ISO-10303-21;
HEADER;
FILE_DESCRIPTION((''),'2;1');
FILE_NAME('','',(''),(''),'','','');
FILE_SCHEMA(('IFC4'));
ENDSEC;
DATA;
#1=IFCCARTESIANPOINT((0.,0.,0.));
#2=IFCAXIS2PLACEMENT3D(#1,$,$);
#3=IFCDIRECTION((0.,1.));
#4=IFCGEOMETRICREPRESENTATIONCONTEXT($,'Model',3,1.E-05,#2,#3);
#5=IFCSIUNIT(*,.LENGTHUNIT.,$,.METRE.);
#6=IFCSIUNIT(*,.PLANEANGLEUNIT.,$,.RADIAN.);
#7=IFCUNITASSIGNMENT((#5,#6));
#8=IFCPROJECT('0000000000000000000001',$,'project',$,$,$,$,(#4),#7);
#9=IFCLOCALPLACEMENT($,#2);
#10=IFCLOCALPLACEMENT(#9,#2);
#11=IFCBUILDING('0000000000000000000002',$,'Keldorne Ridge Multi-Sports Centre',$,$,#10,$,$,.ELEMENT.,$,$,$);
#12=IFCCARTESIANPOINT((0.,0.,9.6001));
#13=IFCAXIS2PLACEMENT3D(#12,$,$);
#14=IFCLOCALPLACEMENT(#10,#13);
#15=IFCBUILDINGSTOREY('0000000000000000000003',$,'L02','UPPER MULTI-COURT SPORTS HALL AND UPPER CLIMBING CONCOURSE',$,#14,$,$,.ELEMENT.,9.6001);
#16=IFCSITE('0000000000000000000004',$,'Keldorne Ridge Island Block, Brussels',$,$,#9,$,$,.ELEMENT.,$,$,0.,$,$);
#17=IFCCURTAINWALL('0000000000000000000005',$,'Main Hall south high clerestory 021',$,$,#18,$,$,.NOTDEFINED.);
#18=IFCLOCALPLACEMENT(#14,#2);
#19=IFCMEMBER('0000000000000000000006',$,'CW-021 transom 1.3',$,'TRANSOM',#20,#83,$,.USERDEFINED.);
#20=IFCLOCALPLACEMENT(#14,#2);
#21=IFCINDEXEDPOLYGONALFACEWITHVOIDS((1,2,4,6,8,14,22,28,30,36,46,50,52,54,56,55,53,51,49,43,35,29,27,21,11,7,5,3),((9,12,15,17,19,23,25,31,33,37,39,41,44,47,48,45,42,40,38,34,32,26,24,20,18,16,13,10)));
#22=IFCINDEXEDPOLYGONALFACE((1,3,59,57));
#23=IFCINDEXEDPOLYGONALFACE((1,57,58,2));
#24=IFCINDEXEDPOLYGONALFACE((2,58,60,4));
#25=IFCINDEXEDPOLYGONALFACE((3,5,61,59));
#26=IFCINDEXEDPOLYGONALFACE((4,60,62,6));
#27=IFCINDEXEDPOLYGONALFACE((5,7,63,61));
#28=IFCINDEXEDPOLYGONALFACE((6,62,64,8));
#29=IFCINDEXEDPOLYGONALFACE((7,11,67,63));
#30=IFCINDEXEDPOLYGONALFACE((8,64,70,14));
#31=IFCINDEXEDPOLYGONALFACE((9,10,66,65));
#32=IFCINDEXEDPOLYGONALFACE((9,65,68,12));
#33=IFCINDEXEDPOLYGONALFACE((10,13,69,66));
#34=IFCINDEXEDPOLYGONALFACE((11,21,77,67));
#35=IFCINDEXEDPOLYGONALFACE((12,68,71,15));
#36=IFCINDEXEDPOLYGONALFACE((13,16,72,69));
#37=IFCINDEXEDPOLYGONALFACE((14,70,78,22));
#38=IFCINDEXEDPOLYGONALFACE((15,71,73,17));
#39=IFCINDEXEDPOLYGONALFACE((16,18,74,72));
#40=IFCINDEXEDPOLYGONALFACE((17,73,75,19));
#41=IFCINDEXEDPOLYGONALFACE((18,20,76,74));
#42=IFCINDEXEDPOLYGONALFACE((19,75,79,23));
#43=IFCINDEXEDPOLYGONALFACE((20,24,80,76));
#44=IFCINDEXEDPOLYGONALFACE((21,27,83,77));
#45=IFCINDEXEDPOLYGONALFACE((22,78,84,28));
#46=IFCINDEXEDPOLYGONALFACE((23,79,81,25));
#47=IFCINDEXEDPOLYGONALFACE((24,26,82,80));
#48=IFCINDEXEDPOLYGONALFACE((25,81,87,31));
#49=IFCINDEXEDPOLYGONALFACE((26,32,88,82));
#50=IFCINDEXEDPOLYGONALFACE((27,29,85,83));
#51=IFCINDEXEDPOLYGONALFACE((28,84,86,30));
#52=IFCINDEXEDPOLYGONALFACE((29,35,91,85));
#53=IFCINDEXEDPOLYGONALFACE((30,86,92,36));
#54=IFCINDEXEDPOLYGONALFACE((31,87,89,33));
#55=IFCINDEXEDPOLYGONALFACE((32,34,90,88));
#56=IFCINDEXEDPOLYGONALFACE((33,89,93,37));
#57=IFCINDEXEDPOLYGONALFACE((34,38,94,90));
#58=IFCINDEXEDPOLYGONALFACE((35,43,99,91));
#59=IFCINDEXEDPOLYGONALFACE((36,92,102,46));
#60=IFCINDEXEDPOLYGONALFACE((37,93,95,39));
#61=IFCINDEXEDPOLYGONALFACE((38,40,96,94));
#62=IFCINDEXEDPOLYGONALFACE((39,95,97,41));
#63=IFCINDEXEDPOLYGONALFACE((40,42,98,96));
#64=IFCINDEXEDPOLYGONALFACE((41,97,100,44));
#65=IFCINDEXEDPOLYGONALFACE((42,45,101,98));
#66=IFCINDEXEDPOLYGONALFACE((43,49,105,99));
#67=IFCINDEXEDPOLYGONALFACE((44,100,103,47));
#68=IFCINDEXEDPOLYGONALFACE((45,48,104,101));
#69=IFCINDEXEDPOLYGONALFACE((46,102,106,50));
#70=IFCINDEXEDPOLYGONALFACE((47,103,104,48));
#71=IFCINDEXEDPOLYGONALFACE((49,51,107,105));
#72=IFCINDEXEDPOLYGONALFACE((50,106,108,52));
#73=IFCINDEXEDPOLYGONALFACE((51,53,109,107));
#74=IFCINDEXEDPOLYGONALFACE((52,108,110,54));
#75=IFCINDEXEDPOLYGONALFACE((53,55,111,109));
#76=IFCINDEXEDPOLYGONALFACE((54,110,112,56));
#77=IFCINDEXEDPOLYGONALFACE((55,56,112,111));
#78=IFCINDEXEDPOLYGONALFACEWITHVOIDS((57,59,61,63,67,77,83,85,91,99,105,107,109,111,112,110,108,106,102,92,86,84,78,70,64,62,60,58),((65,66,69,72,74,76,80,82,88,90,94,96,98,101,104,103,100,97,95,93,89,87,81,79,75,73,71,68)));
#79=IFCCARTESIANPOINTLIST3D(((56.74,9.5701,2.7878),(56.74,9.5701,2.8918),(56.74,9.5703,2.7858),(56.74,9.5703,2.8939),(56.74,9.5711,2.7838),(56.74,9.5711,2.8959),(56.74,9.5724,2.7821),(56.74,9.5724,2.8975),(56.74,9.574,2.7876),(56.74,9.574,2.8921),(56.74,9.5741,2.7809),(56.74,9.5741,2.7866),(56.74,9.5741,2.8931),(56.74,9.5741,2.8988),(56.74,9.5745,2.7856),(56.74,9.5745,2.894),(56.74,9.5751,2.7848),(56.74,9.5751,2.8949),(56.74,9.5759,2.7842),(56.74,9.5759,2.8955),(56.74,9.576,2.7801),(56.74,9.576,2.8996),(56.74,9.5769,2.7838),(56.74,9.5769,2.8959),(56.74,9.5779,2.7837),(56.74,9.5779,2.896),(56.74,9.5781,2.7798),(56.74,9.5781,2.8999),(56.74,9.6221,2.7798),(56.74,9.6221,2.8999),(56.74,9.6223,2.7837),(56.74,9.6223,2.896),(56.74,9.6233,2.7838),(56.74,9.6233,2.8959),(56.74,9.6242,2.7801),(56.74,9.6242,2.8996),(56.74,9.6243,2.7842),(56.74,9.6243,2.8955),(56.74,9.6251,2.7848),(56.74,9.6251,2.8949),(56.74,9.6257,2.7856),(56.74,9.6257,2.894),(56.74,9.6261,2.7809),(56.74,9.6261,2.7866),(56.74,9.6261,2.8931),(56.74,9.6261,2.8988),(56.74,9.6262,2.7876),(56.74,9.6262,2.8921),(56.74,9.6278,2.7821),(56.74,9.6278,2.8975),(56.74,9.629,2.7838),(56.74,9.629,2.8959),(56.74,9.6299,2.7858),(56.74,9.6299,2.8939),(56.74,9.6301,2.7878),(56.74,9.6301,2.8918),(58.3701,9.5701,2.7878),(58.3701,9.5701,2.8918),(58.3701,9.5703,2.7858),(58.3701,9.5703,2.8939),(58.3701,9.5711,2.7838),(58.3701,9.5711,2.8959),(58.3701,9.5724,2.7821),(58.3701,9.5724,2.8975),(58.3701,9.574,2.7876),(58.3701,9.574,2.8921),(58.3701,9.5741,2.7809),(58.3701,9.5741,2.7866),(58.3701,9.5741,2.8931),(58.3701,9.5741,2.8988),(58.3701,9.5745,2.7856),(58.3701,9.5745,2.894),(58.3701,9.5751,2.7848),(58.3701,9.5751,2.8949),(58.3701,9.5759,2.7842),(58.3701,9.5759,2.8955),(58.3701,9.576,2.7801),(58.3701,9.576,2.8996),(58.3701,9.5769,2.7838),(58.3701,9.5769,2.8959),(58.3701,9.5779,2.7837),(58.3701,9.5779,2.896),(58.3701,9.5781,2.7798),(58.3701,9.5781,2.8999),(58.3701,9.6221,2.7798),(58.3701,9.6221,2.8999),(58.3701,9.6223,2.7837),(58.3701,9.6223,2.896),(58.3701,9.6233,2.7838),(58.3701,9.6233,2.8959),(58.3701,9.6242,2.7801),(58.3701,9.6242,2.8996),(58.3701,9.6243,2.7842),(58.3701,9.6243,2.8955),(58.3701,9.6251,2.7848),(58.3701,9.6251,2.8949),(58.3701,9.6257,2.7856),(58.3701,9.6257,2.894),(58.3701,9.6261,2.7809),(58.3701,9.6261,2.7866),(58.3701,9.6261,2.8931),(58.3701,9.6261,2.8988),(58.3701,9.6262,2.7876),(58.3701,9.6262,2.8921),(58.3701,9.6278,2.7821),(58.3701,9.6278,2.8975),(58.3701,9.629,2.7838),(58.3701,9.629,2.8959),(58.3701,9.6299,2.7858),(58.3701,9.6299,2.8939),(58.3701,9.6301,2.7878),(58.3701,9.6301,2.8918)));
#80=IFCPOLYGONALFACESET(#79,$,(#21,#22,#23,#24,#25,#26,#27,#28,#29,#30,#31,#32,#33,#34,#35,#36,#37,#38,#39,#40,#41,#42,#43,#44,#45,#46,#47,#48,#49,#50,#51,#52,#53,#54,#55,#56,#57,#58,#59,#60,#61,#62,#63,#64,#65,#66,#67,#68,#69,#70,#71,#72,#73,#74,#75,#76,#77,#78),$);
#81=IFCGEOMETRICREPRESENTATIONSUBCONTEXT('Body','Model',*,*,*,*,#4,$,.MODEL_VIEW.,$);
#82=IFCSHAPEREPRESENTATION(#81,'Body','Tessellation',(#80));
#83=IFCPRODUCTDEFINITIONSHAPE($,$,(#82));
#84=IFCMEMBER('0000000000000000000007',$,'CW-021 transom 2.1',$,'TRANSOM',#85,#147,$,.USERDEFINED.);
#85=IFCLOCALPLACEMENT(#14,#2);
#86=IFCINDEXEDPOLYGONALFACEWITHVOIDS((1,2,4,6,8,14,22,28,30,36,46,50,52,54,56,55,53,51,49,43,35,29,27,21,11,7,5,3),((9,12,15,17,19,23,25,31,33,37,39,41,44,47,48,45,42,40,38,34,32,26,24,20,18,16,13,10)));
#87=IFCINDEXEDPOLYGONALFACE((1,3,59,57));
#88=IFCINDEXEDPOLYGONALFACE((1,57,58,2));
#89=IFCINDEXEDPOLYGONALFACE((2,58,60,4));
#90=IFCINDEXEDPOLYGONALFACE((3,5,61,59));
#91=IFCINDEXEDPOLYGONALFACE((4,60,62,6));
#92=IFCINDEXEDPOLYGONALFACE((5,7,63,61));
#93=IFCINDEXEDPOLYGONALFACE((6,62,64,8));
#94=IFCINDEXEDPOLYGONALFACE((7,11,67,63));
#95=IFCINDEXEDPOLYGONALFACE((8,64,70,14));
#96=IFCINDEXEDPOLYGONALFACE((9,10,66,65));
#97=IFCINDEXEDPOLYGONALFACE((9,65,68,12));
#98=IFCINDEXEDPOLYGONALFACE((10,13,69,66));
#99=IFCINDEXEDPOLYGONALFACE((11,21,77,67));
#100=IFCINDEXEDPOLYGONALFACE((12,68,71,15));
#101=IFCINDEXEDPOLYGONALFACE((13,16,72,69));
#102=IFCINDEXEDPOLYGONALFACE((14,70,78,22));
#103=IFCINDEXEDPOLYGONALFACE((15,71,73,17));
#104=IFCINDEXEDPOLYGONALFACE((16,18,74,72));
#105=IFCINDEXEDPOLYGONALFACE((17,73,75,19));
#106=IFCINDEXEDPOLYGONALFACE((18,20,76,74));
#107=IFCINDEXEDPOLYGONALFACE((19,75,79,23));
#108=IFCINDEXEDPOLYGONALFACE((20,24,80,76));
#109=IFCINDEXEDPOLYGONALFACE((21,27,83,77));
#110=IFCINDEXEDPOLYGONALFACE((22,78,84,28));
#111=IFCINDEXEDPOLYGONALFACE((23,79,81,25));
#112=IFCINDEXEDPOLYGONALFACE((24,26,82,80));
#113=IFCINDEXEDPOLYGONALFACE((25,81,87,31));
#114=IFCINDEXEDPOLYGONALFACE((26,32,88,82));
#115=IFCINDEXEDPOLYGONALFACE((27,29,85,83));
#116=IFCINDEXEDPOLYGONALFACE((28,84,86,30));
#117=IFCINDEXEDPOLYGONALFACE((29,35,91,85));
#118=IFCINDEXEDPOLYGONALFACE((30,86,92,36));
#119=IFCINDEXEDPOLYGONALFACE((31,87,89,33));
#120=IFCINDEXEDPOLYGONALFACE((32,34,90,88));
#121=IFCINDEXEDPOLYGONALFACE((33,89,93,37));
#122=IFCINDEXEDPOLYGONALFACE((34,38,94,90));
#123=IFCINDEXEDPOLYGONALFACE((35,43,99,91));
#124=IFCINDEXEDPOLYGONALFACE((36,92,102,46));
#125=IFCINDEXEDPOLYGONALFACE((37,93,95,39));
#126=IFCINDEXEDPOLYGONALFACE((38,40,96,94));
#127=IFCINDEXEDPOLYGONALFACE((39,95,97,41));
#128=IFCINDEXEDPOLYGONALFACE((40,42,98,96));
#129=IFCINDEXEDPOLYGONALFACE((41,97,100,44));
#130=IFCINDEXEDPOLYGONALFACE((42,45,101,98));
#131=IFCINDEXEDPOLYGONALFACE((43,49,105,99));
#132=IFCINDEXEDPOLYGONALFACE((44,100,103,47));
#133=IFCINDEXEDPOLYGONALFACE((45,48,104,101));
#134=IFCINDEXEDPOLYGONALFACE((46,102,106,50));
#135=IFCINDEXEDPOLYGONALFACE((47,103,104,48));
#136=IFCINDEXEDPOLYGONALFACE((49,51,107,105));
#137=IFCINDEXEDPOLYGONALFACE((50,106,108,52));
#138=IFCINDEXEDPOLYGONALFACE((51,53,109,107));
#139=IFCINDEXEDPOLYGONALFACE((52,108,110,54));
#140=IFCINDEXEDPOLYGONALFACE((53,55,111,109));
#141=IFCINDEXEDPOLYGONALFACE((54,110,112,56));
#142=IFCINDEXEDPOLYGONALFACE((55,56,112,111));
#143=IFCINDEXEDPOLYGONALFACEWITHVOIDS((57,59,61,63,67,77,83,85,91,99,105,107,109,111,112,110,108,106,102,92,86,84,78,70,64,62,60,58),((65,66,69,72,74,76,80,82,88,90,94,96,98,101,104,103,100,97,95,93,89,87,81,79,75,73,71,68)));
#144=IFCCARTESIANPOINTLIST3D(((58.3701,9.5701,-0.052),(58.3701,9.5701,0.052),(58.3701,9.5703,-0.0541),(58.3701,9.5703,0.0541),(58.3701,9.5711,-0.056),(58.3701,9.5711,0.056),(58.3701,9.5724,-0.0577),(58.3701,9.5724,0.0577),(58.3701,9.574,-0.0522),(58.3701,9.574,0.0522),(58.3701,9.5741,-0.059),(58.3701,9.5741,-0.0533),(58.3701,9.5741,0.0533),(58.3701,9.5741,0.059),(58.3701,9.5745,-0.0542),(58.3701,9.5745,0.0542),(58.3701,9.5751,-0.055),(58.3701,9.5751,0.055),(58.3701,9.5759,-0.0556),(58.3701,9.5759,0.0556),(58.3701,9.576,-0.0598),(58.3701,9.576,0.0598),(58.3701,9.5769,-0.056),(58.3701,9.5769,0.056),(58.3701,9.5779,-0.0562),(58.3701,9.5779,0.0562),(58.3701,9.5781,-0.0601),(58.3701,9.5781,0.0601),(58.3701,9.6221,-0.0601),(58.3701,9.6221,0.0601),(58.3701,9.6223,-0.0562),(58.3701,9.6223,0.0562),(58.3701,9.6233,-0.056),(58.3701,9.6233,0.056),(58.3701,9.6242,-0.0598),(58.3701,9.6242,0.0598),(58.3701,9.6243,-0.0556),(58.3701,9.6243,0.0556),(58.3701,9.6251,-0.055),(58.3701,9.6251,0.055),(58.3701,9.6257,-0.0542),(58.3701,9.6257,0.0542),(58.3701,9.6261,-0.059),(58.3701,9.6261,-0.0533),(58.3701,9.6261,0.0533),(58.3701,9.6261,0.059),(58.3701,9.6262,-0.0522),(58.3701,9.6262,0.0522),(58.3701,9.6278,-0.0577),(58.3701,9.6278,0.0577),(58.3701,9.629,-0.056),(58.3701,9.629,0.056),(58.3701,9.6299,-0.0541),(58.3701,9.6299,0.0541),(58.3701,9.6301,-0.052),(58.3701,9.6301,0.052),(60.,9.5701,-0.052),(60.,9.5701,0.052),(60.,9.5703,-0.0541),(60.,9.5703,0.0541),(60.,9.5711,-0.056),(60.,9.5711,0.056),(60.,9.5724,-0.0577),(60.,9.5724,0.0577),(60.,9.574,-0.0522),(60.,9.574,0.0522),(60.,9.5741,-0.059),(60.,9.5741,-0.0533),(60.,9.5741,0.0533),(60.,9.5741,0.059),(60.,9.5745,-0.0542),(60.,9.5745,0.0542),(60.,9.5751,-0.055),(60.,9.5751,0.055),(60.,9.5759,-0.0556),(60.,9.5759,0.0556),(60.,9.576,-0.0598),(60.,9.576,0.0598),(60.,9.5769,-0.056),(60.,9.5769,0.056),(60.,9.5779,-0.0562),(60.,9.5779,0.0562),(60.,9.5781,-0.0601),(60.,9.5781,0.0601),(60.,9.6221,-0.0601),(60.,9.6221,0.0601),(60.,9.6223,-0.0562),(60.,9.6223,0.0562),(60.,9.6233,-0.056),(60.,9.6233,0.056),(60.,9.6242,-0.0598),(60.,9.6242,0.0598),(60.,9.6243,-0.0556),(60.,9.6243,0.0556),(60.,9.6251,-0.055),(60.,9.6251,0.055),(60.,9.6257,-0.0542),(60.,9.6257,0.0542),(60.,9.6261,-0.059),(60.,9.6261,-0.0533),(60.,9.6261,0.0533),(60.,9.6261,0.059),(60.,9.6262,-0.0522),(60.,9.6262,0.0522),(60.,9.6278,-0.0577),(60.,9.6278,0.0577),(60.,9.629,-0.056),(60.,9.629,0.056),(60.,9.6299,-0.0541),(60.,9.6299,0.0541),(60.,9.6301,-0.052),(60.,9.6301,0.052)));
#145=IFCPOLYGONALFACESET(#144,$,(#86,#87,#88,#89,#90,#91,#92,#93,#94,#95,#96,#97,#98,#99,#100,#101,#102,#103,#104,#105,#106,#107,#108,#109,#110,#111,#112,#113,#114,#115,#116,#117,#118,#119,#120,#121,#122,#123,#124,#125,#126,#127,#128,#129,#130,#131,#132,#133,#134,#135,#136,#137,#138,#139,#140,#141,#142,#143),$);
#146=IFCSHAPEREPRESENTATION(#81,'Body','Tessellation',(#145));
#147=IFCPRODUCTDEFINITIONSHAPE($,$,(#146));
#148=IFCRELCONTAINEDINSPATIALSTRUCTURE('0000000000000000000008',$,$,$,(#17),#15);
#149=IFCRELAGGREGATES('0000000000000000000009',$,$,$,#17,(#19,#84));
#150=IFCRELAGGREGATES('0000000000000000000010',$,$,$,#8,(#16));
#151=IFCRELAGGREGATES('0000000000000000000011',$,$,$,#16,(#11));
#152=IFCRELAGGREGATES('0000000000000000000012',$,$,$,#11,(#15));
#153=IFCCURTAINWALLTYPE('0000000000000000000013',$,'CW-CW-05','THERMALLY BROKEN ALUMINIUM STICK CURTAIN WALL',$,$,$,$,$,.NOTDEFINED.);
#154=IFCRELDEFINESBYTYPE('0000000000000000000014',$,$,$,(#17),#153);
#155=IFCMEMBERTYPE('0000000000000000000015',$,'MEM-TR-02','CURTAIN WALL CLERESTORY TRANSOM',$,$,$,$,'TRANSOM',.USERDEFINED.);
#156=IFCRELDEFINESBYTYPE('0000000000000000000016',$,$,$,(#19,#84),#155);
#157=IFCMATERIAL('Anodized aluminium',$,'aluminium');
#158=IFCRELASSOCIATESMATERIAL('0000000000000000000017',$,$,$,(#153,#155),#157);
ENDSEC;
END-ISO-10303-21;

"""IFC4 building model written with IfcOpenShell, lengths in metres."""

from ifc_helpers import new_model, si_unit, direction, frame, origin, origin_2d, place, context, subcontext, project, spatial, hollow_rectangle, extrude, material, material_profile, profile_set, type_object, element, aggregate, save


model = new_model("IFC4")

# Units and contexts
model_context = context("Model", 3, precision=1e-05, world=origin(), true_north=direction((0.0, 1.0)))
body_context = subcontext(model_context, "Body", "Model", "MODEL_VIEW")
ifc_project = project(units=[si_unit("LENGTHUNIT", "METRE"), si_unit("PLANEANGLEUNIT", "RADIAN")], contexts=[model_context])

# Site, building, storey
site_placement = place(None, origin())
site = spatial("IfcSite", under=ifc_project, at=site_placement, Name="Keldorne Ridge Island Block, Brussels", CompositionType="ELEMENT", RefElevation=0.0)
building_placement = place(site_placement, origin())
building = spatial("IfcBuilding", under=site, at=building_placement, Name="Keldorne Ridge Multi-Sports Centre", CompositionType="ELEMENT")
storey_placement = place(building_placement, frame((0.0, 0.0, 9.6001)))
storey = spatial("IfcBuildingStorey", under=building, at=storey_placement, Name="L02", Description="UPPER MULTI-COURT SPORTS HALL AND UPPER CLIMBING CONCOURSE", CompositionType="ELEMENT", Elevation=9.6001)

# Curtain wall, members
ifc_material_1 = material(Name="Anodized aluminium", Category="aluminium")
curtain_wall_type = type_object("IfcCurtainWallType", Name="CW-CW-05", Description="THERMALLY BROKEN ALUMINIUM STICK CURTAIN WALL", PredefinedType="NOTDEFINED", material=ifc_material_1)
curtain_wall_placement = place(storey_placement, origin())
curtain_wall = element("IfcCurtainWall", 1, at=curtain_wall_placement, inside=storey, type_object=curtain_wall_type, Name="Main Hall south high clerestory 021", PredefinedType="NOTDEFINED")
ifc_material_profile_1 = material_profile(ifc_material_1, hollow_rectangle(XDim=0.0601, YDim=0.1201, WallThickness=0.0039, InnerFilletRadius=0.0039, OuterFilletRadius=0.0081, at=origin_2d()), Name="ALU TRANSOM 120x60x4")
ifc_profile_set_1 = profile_set([ifc_material_profile_1], Name="Anodized aluminium")
member_type_1 = type_object("IfcMemberType", Name="MEM-TR-02", Description="CURTAIN WALL CLERESTORY TRANSOM", ElementType="TRANSOM", PredefinedType="USERDEFINED", material=ifc_profile_set_1)
member_1_placement = place(storey_placement, frame((56.74, 9.6001, 2.8398), z_axis=(1.0, 0.0, 0.0), x_axis=(0.0, 1.0, 0.0)))
member_1 = element("IfcMember", 2, at=member_1_placement, type_object=member_type_1, Name="CW-021 transom 1.3", ObjectType="TRANSOM", PredefinedType="USERDEFINED", context=body_context, shape_type="SweptSolid", body=[
    extrude(hollow_rectangle(XDim=0.0601, YDim=0.1201, WallThickness=0.0039, InnerFilletRadius=0.0039, OuterFilletRadius=0.0081, at=origin_2d()), origin(), (0.0, 0.0, 1.0), 1.6301),
])
member_2_placement = place(storey_placement, frame((58.3701, 9.6001, 0.0), z_axis=(1.0, 0.0, 0.0), x_axis=(0.0, 1.0, 0.0)))
member_2 = element("IfcMember", 3, at=member_2_placement, type_object=member_type_1, Name="CW-021 transom 2.1", ObjectType="TRANSOM", PredefinedType="USERDEFINED", context=body_context, shape_type="SweptSolid", body=[
    extrude(hollow_rectangle(XDim=0.0601, YDim=0.1201, WallThickness=0.0039, InnerFilletRadius=0.0039, OuterFilletRadius=0.0081, at=origin_2d()), origin(), (0.0, 0.0, 1.0), 1.6299),
])
aggregate(curtain_wall, [member_1, member_2])

save(model, "model.ifc")
